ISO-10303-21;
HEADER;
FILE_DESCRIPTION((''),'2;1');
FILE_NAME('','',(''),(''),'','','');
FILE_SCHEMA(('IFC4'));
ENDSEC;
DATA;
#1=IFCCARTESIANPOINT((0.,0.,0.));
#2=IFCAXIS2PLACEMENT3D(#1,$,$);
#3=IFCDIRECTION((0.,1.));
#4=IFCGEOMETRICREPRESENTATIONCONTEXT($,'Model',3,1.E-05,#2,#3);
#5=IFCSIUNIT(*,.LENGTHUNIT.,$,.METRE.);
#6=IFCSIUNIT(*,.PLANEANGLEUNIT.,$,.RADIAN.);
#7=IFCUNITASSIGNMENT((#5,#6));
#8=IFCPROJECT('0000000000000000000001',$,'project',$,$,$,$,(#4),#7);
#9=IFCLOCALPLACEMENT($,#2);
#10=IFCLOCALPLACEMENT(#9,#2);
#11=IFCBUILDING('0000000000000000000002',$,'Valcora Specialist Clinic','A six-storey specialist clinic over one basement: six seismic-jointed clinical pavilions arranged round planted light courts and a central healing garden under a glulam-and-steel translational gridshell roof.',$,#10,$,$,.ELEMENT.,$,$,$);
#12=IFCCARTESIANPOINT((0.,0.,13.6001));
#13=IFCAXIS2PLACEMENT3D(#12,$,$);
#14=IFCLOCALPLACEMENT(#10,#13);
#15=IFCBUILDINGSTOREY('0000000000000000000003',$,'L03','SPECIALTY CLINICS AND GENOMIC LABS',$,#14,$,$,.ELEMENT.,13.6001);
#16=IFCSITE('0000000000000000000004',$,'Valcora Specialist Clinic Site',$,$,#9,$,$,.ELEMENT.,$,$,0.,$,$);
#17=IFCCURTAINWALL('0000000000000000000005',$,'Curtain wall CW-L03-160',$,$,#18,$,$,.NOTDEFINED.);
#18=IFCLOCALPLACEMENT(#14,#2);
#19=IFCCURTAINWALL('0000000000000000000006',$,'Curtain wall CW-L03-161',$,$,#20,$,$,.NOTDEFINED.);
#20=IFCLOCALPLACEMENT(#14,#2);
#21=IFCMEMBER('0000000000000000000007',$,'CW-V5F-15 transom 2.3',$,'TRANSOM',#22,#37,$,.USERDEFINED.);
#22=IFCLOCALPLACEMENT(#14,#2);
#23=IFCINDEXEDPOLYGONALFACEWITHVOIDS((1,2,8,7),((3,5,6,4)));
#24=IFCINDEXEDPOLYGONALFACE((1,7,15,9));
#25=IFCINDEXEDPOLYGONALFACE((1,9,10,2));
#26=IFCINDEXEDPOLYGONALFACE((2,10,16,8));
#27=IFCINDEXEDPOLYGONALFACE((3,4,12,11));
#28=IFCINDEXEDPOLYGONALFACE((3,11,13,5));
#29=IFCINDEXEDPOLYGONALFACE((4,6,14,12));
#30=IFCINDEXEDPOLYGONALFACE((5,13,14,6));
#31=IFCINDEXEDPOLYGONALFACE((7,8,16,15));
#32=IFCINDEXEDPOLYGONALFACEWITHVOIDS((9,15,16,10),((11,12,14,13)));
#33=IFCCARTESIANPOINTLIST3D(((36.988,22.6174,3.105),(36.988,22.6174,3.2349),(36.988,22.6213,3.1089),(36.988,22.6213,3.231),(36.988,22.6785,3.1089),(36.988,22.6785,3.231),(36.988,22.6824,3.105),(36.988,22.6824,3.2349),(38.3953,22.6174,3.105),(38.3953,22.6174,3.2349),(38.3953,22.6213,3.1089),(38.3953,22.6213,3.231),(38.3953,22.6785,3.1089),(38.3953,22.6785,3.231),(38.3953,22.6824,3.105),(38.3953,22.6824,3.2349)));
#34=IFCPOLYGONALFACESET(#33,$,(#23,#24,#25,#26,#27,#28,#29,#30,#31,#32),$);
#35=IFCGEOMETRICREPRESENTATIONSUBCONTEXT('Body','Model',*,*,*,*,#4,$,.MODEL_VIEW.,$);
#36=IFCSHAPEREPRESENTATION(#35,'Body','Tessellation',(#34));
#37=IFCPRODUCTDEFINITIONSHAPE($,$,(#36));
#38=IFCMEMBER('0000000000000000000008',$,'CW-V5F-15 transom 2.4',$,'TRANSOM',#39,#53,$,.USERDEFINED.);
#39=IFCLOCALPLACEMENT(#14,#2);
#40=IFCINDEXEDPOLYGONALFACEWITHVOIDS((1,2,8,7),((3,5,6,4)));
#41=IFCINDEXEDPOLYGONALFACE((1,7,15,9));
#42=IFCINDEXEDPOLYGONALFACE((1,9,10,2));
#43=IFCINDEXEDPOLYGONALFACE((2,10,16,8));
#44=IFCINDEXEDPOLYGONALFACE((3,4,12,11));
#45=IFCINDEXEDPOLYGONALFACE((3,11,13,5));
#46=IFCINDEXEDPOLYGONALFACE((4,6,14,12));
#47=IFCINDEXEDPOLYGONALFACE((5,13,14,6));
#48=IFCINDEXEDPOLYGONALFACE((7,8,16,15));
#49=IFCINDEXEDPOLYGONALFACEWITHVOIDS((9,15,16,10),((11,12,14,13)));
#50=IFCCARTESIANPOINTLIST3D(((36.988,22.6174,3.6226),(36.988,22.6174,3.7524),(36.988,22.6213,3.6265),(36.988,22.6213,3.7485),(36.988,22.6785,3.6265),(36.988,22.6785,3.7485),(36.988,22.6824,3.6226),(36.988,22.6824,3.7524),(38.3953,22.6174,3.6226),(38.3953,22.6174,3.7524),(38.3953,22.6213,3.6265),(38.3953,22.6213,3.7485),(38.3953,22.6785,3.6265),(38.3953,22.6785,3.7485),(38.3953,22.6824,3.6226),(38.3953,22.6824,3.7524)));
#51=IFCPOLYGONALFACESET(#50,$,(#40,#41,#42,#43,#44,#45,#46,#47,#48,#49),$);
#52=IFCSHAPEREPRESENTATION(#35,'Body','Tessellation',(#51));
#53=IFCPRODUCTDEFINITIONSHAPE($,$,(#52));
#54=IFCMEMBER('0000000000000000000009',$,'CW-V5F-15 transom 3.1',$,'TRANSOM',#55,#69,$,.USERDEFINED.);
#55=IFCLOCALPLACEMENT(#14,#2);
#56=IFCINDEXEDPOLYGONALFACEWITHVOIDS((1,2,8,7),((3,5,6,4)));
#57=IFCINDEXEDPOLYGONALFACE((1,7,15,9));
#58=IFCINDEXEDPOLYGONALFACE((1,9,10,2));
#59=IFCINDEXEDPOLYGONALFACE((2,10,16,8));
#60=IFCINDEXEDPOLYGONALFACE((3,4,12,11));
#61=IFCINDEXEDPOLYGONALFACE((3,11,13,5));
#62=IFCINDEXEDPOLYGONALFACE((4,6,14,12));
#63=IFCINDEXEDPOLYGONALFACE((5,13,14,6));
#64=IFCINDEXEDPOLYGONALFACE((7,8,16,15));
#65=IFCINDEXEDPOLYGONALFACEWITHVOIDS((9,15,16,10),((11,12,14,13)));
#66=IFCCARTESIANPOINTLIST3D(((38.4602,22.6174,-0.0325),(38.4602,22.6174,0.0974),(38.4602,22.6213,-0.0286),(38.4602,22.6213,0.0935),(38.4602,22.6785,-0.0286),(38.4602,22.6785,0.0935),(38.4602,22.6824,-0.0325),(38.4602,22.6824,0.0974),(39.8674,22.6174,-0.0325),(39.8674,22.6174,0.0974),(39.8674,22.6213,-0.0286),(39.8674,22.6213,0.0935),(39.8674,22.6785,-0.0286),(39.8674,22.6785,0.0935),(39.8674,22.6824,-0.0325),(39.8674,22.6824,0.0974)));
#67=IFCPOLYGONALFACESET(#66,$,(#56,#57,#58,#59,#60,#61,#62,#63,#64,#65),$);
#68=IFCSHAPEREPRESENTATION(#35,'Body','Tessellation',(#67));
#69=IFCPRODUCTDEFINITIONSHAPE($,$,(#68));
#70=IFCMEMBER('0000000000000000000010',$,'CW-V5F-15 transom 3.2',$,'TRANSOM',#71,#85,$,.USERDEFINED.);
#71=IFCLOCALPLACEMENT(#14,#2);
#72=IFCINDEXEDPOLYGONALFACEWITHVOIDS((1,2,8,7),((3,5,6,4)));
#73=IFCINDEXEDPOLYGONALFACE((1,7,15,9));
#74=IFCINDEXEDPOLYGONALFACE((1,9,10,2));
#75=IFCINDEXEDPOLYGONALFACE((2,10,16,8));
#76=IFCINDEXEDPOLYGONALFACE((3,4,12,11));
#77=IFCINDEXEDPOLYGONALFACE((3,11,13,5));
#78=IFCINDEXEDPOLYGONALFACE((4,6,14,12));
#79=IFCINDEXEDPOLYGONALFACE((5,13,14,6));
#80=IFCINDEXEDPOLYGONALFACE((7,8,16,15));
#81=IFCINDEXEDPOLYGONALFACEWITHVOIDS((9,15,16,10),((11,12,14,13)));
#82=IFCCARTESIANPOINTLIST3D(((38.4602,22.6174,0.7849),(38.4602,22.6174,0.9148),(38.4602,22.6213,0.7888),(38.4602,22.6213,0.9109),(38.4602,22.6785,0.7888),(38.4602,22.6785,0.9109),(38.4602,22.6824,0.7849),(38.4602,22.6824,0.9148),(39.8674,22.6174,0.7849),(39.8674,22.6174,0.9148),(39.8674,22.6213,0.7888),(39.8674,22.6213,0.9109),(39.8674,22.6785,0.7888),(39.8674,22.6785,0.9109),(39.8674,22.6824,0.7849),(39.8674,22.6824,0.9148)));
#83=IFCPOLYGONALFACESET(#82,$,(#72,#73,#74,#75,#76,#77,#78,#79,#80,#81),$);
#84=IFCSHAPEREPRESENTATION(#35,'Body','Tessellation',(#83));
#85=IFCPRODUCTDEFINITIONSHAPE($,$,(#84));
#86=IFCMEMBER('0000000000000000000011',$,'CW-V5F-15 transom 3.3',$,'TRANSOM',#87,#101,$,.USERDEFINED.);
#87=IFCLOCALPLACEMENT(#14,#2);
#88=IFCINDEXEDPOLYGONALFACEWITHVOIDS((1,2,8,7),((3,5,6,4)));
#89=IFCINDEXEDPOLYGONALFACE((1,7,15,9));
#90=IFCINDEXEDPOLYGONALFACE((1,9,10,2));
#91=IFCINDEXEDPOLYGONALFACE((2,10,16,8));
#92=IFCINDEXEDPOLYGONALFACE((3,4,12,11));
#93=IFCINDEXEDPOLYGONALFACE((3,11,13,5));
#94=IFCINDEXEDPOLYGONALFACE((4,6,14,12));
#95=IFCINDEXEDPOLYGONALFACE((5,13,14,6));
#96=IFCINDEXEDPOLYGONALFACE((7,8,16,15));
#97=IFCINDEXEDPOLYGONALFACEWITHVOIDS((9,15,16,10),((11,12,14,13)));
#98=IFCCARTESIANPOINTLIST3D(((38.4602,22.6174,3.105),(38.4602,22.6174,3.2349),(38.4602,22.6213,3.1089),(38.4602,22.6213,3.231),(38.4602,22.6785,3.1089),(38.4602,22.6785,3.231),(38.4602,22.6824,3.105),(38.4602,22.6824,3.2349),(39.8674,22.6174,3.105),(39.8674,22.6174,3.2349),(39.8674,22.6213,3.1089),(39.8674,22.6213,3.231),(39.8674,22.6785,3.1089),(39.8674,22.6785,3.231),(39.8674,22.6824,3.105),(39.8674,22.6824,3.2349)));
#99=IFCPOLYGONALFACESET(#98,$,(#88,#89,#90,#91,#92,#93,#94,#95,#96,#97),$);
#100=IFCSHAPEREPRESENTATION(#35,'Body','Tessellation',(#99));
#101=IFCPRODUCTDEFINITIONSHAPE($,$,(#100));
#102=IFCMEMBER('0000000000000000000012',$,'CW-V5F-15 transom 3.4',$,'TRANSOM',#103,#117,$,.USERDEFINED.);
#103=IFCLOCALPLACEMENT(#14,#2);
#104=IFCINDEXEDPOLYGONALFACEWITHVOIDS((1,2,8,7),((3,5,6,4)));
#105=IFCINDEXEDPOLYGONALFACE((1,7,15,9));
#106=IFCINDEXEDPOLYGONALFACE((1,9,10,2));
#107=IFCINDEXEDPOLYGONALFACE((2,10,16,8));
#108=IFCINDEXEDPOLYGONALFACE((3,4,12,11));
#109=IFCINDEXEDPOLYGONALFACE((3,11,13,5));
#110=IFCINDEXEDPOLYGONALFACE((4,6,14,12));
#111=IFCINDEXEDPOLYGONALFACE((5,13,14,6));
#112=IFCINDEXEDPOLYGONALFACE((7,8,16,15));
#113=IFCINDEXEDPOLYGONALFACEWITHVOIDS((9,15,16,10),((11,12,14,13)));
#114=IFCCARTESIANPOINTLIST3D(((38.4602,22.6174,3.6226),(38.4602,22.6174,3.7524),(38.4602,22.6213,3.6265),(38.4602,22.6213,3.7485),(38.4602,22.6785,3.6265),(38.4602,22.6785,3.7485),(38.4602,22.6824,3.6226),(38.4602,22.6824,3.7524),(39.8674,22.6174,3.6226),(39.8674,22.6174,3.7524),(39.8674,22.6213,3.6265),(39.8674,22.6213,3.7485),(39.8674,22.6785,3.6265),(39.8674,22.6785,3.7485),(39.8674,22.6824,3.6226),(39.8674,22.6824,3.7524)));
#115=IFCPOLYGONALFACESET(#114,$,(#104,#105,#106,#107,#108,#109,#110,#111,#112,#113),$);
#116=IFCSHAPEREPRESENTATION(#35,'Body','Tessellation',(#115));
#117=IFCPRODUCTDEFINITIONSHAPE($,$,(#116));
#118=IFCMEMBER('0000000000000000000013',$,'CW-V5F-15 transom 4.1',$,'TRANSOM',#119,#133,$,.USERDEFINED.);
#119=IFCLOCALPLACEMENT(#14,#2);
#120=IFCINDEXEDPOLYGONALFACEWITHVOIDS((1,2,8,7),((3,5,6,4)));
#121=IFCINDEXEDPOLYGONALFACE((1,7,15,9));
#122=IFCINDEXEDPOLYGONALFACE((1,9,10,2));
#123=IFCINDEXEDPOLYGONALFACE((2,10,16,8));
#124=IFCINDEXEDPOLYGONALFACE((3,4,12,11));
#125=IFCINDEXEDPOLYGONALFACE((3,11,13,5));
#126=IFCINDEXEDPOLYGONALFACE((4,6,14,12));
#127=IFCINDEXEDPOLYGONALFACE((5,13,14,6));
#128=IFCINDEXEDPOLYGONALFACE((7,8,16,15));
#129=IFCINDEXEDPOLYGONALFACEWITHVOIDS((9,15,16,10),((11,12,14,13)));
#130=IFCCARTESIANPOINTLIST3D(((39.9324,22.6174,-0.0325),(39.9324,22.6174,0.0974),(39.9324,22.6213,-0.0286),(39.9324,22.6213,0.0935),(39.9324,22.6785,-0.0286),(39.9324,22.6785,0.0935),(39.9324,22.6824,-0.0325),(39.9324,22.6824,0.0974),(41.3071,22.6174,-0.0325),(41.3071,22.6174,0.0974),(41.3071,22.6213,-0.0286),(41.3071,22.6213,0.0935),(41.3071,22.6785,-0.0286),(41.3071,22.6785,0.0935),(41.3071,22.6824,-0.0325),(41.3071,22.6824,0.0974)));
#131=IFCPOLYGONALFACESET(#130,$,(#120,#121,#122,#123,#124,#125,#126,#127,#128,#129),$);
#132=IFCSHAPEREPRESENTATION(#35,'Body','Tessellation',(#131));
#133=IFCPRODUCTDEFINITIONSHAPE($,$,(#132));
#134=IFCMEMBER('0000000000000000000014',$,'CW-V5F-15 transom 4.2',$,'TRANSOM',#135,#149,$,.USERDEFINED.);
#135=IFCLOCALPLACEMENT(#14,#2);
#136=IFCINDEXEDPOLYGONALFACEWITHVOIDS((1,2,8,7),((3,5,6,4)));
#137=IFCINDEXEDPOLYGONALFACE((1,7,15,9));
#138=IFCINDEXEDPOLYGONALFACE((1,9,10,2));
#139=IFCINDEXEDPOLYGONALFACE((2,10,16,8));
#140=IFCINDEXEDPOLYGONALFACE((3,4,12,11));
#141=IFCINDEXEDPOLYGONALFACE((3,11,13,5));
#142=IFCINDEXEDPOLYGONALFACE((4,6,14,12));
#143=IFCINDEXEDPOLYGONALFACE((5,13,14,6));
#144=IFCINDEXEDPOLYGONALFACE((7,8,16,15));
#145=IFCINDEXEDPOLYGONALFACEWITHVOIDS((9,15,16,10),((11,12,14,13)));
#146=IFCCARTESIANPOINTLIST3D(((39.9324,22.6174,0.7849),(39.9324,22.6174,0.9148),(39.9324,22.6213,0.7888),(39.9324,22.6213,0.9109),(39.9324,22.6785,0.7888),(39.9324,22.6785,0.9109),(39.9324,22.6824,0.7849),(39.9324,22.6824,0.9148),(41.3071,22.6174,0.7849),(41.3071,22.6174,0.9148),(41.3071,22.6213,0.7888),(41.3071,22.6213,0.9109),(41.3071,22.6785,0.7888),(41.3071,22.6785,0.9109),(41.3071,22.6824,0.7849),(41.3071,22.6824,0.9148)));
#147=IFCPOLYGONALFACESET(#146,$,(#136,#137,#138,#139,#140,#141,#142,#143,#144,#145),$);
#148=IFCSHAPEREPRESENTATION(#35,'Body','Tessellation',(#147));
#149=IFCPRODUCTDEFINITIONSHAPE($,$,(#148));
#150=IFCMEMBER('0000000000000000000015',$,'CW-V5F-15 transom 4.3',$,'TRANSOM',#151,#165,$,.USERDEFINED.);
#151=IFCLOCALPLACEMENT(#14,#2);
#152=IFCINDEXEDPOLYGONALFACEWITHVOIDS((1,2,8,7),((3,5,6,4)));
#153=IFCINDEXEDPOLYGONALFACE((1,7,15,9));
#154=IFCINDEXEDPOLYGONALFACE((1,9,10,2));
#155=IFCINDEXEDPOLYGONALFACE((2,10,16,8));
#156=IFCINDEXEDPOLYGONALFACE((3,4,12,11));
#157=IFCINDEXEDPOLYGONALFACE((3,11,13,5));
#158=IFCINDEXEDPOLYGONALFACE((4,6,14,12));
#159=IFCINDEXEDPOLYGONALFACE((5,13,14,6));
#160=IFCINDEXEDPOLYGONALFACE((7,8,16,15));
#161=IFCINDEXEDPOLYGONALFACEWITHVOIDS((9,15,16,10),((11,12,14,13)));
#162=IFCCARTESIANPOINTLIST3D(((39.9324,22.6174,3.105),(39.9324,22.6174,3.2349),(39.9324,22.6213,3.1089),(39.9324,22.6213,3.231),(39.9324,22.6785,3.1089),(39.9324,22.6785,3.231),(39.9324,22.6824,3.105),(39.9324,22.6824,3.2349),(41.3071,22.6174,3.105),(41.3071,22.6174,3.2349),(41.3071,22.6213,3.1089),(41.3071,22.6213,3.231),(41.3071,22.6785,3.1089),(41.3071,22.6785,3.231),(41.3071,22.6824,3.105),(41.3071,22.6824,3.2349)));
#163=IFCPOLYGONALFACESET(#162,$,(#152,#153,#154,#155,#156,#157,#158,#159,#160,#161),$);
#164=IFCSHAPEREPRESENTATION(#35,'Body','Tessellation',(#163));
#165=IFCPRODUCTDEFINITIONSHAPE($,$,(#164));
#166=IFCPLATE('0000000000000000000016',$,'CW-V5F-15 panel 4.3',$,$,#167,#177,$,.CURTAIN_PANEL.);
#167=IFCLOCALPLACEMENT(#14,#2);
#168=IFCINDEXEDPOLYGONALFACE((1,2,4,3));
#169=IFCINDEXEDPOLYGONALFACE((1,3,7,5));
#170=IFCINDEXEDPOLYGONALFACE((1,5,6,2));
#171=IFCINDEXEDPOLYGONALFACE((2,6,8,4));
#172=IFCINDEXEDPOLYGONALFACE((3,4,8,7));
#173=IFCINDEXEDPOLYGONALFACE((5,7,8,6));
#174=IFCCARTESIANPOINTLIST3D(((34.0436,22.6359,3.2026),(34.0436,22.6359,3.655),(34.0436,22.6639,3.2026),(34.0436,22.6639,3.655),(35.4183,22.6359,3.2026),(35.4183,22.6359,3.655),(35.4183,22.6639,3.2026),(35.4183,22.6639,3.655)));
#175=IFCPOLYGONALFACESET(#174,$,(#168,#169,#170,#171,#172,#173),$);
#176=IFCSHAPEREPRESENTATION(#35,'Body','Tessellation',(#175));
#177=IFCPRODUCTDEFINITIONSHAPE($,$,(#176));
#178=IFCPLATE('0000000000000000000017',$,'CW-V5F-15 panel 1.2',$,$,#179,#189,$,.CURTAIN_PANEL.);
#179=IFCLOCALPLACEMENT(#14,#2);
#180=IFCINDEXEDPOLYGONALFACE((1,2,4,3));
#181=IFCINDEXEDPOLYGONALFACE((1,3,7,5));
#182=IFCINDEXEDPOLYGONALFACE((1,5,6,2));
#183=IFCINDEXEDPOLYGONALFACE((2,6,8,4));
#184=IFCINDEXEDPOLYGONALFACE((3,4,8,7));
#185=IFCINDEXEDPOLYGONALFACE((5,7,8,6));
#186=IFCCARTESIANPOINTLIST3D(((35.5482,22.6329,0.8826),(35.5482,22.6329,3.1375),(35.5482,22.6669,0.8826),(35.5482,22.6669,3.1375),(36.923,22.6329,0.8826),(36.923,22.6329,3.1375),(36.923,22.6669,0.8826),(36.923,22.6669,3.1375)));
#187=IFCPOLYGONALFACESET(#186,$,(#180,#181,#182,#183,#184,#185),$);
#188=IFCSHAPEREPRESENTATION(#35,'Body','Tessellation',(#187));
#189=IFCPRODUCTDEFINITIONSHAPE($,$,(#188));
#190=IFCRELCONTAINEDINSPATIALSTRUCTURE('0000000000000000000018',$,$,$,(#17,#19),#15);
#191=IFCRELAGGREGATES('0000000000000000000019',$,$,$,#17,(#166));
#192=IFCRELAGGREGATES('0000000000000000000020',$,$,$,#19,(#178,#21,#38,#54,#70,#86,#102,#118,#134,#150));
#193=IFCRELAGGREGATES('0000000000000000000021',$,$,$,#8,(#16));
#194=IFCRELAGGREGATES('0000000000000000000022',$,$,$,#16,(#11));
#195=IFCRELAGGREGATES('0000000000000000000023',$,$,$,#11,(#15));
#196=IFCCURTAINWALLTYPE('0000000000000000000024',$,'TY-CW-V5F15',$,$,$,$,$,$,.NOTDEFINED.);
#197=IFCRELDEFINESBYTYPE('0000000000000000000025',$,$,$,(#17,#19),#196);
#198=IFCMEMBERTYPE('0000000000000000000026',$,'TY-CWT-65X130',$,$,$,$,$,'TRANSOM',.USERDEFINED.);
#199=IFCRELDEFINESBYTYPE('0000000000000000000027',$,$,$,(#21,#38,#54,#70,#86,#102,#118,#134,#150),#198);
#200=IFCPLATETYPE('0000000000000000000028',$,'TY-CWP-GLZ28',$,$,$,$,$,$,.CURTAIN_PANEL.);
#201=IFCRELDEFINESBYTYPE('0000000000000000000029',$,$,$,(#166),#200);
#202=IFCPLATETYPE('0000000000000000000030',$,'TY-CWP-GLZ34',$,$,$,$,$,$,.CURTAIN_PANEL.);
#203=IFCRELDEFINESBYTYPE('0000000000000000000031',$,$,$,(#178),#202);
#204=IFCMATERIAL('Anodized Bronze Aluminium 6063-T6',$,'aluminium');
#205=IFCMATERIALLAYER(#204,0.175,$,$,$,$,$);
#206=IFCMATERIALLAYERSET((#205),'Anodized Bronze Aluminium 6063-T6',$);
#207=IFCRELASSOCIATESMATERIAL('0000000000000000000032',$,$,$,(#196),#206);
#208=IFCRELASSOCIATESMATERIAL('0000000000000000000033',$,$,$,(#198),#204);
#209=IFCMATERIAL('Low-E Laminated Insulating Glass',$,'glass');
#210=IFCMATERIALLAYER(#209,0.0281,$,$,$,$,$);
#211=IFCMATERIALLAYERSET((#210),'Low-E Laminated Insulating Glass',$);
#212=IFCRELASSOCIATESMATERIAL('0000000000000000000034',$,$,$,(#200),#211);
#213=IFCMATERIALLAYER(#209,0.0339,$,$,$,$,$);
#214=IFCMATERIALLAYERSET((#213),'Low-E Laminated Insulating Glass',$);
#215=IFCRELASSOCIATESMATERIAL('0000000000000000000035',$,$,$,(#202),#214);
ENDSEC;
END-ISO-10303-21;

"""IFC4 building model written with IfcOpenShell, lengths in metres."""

from ifc_helpers import new_model, si_unit, direction, frame, origin, origin_2d, place, context, subcontext, project, spatial, rectangle, hollow_rectangle, extrude, material, layer, layer_set, material_profile, profile_set, type_object, element, aggregate, save


model = new_model("IFC4")

# Units and contexts
model_context = context("Model", 3, precision=1e-05, world=origin(), true_north=direction((0.0, 1.0)))
body_context = subcontext(model_context, "Body", "Model", "MODEL_VIEW")
ifc_project = project(units=[si_unit("LENGTHUNIT", "METRE"), si_unit("PLANEANGLEUNIT", "RADIAN")], contexts=[model_context])

# Site, building, storey
site_placement = place(None, origin())
site = spatial("IfcSite", under=ifc_project, at=site_placement, Name="Valcora Specialist Clinic Site", CompositionType="ELEMENT", RefElevation=0.0)
building_placement = place(site_placement, origin())
building = spatial("IfcBuilding", under=site, at=building_placement, Name="Valcora Specialist Clinic", Description="A six-storey specialist clinic over one basement: six seismic-jointed clinical pavilions arranged round planted light courts and a central healing garden under a glulam-and-steel translational gridshell roof.", CompositionType="ELEMENT")
storey_placement = place(building_placement, frame((0.0, 0.0, 13.6001)))
storey = spatial("IfcBuildingStorey", under=building, at=storey_placement, Name="L03", Description="SPECIALTY CLINICS AND GENOMIC LABS", CompositionType="ELEMENT", Elevation=13.6001)

# Curtain wall
ifc_material_1 = material(Name="Anodized Bronze Aluminium 6063-T6", Category="aluminium")
ifc_layer_1 = layer(ifc_material_1, 0.175)
ifc_layer_set_1 = layer_set([ifc_layer_1], Name="Anodized Bronze Aluminium 6063-T6")
curtain_wall_type = type_object("IfcCurtainWallType", Name="TY-CW-V5F15", PredefinedType="NOTDEFINED", material=ifc_layer_set_1)
curtain_wall_1_placement = place(storey_placement, origin())
curtain_wall_1 = element("IfcCurtainWall", 1, at=curtain_wall_1_placement, inside=storey, type_object=curtain_wall_type, Name="Curtain wall CW-L03-160", PredefinedType="NOTDEFINED")

# Curtain wall, members
curtain_wall_2_placement = place(storey_placement, origin())
curtain_wall_2 = element("IfcCurtainWall", 2, at=curtain_wall_2_placement, inside=storey, type_object=curtain_wall_type, Name="Curtain wall CW-L03-161", PredefinedType="NOTDEFINED")
ifc_material_profile_1 = material_profile(ifc_material_1, hollow_rectangle(XDim=0.0649, YDim=0.1299, WallThickness=0.0039, at=origin_2d()), Name="AL-TRN-65X130")
ifc_profile_set_1 = profile_set([ifc_material_profile_1], Name="Anodized Bronze Aluminium 6063-T6")
member_type_1 = type_object("IfcMemberType", Name="TY-CWT-65X130", ElementType="TRANSOM", PredefinedType="USERDEFINED", material=ifc_profile_set_1)
member_1_placement = place(storey_placement, frame((36.988, 22.6499, 3.1699), z_axis=(1.0, 0.0, 0.0), x_axis=(0.0, 1.0, 0.0)))
member_1 = element("IfcMember", 3, at=member_1_placement, type_object=member_type_1, Name="CW-V5F-15 transom 2.3", ObjectType="TRANSOM", PredefinedType="USERDEFINED", context=body_context, shape_type="SweptSolid", body=[
    extrude(hollow_rectangle(XDim=0.0649, YDim=0.1299, WallThickness=0.0039, at=origin_2d()), origin(), (0.0, 0.0, 1.0), 1.4072),
])
member_2_placement = place(storey_placement, frame((36.988, 22.6499, 3.6875), z_axis=(1.0, 0.0, 0.0), x_axis=(0.0, 1.0, 0.0)))
member_2 = element("IfcMember", 4, at=member_2_placement, type_object=member_type_1, Name="CW-V5F-15 transom 2.4", ObjectType="TRANSOM", PredefinedType="USERDEFINED", context=body_context, shape_type="SweptSolid", body=[
    extrude(hollow_rectangle(XDim=0.0649, YDim=0.1299, WallThickness=0.0039, at=origin_2d()), origin(), (0.0, 0.0, 1.0), 1.4072),
])
member_3_placement = place(storey_placement, frame((38.4602, 22.6499, 0.0325), z_axis=(1.0, 0.0, 0.0), x_axis=(0.0, 1.0, 0.0)))
member_3 = element("IfcMember", 5, at=member_3_placement, type_object=member_type_1, Name="CW-V5F-15 transom 3.1", ObjectType="TRANSOM", PredefinedType="USERDEFINED", context=body_context, shape_type="SweptSolid", body=[
    extrude(hollow_rectangle(XDim=0.0649, YDim=0.1299, WallThickness=0.0039, at=origin_2d()), origin(), (0.0, 0.0, 1.0), 1.4072),
])
member_4_placement = place(storey_placement, frame((38.4602, 22.6499, 0.8499), z_axis=(1.0, 0.0, 0.0), x_axis=(0.0, 1.0, 0.0)))
member_4 = element("IfcMember", 6, at=member_4_placement, type_object=member_type_1, Name="CW-V5F-15 transom 3.2", ObjectType="TRANSOM", PredefinedType="USERDEFINED", context=body_context, shape_type="SweptSolid", body=[
    extrude(hollow_rectangle(XDim=0.0649, YDim=0.1299, WallThickness=0.0039, at=origin_2d()), origin(), (0.0, 0.0, 1.0), 1.4072),
])
member_5_placement = place(storey_placement, frame((38.4602, 22.6499, 3.1699), z_axis=(1.0, 0.0, 0.0), x_axis=(0.0, 1.0, 0.0)))
member_5 = element("IfcMember", 7, at=member_5_placement, type_object=member_type_1, Name="CW-V5F-15 transom 3.3", ObjectType="TRANSOM", PredefinedType="USERDEFINED", context=body_context, shape_type="SweptSolid", body=[
    extrude(hollow_rectangle(XDim=0.0649, YDim=0.1299, WallThickness=0.0039, at=origin_2d()), origin(), (0.0, 0.0, 1.0), 1.4072),
])
member_6_placement = place(storey_placement, frame((38.4602, 22.6499, 3.6875), z_axis=(1.0, 0.0, 0.0), x_axis=(0.0, 1.0, 0.0)))
member_6 = element("IfcMember", 8, at=member_6_placement, type_object=member_type_1, Name="CW-V5F-15 transom 3.4", ObjectType="TRANSOM", PredefinedType="USERDEFINED", context=body_context, shape_type="SweptSolid", body=[
    extrude(hollow_rectangle(XDim=0.0649, YDim=0.1299, WallThickness=0.0039, at=origin_2d()), origin(), (0.0, 0.0, 1.0), 1.4072),
])
member_7_placement = place(storey_placement, frame((39.9324, 22.6499, 0.0325), z_axis=(1.0, 0.0, 0.0), x_axis=(0.0, 1.0, 0.0)))
member_7 = element("IfcMember", 9, at=member_7_placement, type_object=member_type_1, Name="CW-V5F-15 transom 4.1", ObjectType="TRANSOM", PredefinedType="USERDEFINED", context=body_context, shape_type="SweptSolid", body=[
    extrude(hollow_rectangle(XDim=0.0649, YDim=0.1299, WallThickness=0.0039, at=origin_2d()), origin(), (0.0, 0.0, 1.0), 1.3748),
])
member_8_placement = place(storey_placement, frame((39.9324, 22.6499, 0.8499), z_axis=(1.0, 0.0, 0.0), x_axis=(0.0, 1.0, 0.0)))
member_8 = element("IfcMember", 10, at=member_8_placement, type_object=member_type_1, Name="CW-V5F-15 transom 4.2", ObjectType="TRANSOM", PredefinedType="USERDEFINED", context=body_context, shape_type="SweptSolid", body=[
    extrude(hollow_rectangle(XDim=0.0649, YDim=0.1299, WallThickness=0.0039, at=origin_2d()), origin(), (0.0, 0.0, 1.0), 1.3748),
])
member_9_placement = place(storey_placement, frame((39.9324, 22.6499, 3.1699), z_axis=(1.0, 0.0, 0.0), x_axis=(0.0, 1.0, 0.0)))
member_9 = element("IfcMember", 11, at=member_9_placement, type_object=member_type_1, Name="CW-V5F-15 transom 4.3", ObjectType="TRANSOM", PredefinedType="USERDEFINED", context=body_context, shape_type="SweptSolid", body=[
    extrude(hollow_rectangle(XDim=0.0649, YDim=0.1299, WallThickness=0.0039, at=origin_2d()), origin(), (0.0, 0.0, 1.0), 1.3748),
])

# Plates
ifc_material_2 = material(Name="Low-E Laminated Insulating Glass", Category="glass")
ifc_layer_2 = layer(ifc_material_2, 0.0281)
ifc_layer_set_2 = layer_set([ifc_layer_2], Name="Low-E Laminated Insulating Glass")
plate_type_1 = type_object("IfcPlateType", Name="TY-CWP-GLZ28", PredefinedType="CURTAIN_PANEL", material=ifc_layer_set_2)
plate_1_placement = place(storey_placement, frame((34.731, 22.6499, 3.2026), z_axis=(0.0, 0.0, 1.0), x_axis=(1.0, 0.0, 0.0)))
plate_1 = element("IfcPlate", 12, at=plate_1_placement, type_object=plate_type_1, Name="CW-V5F-15 panel 4.3", PredefinedType="CURTAIN_PANEL", context=body_context, shape_type="SweptSolid", body=[
    extrude(rectangle(XDim=1.3748, YDim=0.0281, at=origin_2d()), origin(), (0.0, 0.0, 1.0), 0.4524),
])
aggregate(curtain_wall_1, [plate_1])
ifc_layer_3 = layer(ifc_material_2, 0.0339)
ifc_layer_set_3 = layer_set([ifc_layer_3], Name="Low-E Laminated Insulating Glass")
plate_type_2 = type_object("IfcPlateType", Name="TY-CWP-GLZ34", PredefinedType="CURTAIN_PANEL", material=ifc_layer_set_3)
plate_2_placement = place(storey_placement, frame((36.2356, 22.6499, 0.8826), z_axis=(0.0, 0.0, 1.0), x_axis=(1.0, 0.0, 0.0)))
plate_2 = element("IfcPlate", 13, at=plate_2_placement, type_object=plate_type_2, Name="CW-V5F-15 panel 1.2", PredefinedType="CURTAIN_PANEL", context=body_context, shape_type="SweptSolid", body=[
    extrude(rectangle(XDim=1.3748, YDim=0.0339, at=origin_2d()), origin(), (0.0, 0.0, 1.0), 2.2549),
])
aggregate(curtain_wall_2, [plate_2, member_1, member_2, member_3, member_4, member_5, member_6, member_7, member_8, member_9])

save(model, "model.ifc")
